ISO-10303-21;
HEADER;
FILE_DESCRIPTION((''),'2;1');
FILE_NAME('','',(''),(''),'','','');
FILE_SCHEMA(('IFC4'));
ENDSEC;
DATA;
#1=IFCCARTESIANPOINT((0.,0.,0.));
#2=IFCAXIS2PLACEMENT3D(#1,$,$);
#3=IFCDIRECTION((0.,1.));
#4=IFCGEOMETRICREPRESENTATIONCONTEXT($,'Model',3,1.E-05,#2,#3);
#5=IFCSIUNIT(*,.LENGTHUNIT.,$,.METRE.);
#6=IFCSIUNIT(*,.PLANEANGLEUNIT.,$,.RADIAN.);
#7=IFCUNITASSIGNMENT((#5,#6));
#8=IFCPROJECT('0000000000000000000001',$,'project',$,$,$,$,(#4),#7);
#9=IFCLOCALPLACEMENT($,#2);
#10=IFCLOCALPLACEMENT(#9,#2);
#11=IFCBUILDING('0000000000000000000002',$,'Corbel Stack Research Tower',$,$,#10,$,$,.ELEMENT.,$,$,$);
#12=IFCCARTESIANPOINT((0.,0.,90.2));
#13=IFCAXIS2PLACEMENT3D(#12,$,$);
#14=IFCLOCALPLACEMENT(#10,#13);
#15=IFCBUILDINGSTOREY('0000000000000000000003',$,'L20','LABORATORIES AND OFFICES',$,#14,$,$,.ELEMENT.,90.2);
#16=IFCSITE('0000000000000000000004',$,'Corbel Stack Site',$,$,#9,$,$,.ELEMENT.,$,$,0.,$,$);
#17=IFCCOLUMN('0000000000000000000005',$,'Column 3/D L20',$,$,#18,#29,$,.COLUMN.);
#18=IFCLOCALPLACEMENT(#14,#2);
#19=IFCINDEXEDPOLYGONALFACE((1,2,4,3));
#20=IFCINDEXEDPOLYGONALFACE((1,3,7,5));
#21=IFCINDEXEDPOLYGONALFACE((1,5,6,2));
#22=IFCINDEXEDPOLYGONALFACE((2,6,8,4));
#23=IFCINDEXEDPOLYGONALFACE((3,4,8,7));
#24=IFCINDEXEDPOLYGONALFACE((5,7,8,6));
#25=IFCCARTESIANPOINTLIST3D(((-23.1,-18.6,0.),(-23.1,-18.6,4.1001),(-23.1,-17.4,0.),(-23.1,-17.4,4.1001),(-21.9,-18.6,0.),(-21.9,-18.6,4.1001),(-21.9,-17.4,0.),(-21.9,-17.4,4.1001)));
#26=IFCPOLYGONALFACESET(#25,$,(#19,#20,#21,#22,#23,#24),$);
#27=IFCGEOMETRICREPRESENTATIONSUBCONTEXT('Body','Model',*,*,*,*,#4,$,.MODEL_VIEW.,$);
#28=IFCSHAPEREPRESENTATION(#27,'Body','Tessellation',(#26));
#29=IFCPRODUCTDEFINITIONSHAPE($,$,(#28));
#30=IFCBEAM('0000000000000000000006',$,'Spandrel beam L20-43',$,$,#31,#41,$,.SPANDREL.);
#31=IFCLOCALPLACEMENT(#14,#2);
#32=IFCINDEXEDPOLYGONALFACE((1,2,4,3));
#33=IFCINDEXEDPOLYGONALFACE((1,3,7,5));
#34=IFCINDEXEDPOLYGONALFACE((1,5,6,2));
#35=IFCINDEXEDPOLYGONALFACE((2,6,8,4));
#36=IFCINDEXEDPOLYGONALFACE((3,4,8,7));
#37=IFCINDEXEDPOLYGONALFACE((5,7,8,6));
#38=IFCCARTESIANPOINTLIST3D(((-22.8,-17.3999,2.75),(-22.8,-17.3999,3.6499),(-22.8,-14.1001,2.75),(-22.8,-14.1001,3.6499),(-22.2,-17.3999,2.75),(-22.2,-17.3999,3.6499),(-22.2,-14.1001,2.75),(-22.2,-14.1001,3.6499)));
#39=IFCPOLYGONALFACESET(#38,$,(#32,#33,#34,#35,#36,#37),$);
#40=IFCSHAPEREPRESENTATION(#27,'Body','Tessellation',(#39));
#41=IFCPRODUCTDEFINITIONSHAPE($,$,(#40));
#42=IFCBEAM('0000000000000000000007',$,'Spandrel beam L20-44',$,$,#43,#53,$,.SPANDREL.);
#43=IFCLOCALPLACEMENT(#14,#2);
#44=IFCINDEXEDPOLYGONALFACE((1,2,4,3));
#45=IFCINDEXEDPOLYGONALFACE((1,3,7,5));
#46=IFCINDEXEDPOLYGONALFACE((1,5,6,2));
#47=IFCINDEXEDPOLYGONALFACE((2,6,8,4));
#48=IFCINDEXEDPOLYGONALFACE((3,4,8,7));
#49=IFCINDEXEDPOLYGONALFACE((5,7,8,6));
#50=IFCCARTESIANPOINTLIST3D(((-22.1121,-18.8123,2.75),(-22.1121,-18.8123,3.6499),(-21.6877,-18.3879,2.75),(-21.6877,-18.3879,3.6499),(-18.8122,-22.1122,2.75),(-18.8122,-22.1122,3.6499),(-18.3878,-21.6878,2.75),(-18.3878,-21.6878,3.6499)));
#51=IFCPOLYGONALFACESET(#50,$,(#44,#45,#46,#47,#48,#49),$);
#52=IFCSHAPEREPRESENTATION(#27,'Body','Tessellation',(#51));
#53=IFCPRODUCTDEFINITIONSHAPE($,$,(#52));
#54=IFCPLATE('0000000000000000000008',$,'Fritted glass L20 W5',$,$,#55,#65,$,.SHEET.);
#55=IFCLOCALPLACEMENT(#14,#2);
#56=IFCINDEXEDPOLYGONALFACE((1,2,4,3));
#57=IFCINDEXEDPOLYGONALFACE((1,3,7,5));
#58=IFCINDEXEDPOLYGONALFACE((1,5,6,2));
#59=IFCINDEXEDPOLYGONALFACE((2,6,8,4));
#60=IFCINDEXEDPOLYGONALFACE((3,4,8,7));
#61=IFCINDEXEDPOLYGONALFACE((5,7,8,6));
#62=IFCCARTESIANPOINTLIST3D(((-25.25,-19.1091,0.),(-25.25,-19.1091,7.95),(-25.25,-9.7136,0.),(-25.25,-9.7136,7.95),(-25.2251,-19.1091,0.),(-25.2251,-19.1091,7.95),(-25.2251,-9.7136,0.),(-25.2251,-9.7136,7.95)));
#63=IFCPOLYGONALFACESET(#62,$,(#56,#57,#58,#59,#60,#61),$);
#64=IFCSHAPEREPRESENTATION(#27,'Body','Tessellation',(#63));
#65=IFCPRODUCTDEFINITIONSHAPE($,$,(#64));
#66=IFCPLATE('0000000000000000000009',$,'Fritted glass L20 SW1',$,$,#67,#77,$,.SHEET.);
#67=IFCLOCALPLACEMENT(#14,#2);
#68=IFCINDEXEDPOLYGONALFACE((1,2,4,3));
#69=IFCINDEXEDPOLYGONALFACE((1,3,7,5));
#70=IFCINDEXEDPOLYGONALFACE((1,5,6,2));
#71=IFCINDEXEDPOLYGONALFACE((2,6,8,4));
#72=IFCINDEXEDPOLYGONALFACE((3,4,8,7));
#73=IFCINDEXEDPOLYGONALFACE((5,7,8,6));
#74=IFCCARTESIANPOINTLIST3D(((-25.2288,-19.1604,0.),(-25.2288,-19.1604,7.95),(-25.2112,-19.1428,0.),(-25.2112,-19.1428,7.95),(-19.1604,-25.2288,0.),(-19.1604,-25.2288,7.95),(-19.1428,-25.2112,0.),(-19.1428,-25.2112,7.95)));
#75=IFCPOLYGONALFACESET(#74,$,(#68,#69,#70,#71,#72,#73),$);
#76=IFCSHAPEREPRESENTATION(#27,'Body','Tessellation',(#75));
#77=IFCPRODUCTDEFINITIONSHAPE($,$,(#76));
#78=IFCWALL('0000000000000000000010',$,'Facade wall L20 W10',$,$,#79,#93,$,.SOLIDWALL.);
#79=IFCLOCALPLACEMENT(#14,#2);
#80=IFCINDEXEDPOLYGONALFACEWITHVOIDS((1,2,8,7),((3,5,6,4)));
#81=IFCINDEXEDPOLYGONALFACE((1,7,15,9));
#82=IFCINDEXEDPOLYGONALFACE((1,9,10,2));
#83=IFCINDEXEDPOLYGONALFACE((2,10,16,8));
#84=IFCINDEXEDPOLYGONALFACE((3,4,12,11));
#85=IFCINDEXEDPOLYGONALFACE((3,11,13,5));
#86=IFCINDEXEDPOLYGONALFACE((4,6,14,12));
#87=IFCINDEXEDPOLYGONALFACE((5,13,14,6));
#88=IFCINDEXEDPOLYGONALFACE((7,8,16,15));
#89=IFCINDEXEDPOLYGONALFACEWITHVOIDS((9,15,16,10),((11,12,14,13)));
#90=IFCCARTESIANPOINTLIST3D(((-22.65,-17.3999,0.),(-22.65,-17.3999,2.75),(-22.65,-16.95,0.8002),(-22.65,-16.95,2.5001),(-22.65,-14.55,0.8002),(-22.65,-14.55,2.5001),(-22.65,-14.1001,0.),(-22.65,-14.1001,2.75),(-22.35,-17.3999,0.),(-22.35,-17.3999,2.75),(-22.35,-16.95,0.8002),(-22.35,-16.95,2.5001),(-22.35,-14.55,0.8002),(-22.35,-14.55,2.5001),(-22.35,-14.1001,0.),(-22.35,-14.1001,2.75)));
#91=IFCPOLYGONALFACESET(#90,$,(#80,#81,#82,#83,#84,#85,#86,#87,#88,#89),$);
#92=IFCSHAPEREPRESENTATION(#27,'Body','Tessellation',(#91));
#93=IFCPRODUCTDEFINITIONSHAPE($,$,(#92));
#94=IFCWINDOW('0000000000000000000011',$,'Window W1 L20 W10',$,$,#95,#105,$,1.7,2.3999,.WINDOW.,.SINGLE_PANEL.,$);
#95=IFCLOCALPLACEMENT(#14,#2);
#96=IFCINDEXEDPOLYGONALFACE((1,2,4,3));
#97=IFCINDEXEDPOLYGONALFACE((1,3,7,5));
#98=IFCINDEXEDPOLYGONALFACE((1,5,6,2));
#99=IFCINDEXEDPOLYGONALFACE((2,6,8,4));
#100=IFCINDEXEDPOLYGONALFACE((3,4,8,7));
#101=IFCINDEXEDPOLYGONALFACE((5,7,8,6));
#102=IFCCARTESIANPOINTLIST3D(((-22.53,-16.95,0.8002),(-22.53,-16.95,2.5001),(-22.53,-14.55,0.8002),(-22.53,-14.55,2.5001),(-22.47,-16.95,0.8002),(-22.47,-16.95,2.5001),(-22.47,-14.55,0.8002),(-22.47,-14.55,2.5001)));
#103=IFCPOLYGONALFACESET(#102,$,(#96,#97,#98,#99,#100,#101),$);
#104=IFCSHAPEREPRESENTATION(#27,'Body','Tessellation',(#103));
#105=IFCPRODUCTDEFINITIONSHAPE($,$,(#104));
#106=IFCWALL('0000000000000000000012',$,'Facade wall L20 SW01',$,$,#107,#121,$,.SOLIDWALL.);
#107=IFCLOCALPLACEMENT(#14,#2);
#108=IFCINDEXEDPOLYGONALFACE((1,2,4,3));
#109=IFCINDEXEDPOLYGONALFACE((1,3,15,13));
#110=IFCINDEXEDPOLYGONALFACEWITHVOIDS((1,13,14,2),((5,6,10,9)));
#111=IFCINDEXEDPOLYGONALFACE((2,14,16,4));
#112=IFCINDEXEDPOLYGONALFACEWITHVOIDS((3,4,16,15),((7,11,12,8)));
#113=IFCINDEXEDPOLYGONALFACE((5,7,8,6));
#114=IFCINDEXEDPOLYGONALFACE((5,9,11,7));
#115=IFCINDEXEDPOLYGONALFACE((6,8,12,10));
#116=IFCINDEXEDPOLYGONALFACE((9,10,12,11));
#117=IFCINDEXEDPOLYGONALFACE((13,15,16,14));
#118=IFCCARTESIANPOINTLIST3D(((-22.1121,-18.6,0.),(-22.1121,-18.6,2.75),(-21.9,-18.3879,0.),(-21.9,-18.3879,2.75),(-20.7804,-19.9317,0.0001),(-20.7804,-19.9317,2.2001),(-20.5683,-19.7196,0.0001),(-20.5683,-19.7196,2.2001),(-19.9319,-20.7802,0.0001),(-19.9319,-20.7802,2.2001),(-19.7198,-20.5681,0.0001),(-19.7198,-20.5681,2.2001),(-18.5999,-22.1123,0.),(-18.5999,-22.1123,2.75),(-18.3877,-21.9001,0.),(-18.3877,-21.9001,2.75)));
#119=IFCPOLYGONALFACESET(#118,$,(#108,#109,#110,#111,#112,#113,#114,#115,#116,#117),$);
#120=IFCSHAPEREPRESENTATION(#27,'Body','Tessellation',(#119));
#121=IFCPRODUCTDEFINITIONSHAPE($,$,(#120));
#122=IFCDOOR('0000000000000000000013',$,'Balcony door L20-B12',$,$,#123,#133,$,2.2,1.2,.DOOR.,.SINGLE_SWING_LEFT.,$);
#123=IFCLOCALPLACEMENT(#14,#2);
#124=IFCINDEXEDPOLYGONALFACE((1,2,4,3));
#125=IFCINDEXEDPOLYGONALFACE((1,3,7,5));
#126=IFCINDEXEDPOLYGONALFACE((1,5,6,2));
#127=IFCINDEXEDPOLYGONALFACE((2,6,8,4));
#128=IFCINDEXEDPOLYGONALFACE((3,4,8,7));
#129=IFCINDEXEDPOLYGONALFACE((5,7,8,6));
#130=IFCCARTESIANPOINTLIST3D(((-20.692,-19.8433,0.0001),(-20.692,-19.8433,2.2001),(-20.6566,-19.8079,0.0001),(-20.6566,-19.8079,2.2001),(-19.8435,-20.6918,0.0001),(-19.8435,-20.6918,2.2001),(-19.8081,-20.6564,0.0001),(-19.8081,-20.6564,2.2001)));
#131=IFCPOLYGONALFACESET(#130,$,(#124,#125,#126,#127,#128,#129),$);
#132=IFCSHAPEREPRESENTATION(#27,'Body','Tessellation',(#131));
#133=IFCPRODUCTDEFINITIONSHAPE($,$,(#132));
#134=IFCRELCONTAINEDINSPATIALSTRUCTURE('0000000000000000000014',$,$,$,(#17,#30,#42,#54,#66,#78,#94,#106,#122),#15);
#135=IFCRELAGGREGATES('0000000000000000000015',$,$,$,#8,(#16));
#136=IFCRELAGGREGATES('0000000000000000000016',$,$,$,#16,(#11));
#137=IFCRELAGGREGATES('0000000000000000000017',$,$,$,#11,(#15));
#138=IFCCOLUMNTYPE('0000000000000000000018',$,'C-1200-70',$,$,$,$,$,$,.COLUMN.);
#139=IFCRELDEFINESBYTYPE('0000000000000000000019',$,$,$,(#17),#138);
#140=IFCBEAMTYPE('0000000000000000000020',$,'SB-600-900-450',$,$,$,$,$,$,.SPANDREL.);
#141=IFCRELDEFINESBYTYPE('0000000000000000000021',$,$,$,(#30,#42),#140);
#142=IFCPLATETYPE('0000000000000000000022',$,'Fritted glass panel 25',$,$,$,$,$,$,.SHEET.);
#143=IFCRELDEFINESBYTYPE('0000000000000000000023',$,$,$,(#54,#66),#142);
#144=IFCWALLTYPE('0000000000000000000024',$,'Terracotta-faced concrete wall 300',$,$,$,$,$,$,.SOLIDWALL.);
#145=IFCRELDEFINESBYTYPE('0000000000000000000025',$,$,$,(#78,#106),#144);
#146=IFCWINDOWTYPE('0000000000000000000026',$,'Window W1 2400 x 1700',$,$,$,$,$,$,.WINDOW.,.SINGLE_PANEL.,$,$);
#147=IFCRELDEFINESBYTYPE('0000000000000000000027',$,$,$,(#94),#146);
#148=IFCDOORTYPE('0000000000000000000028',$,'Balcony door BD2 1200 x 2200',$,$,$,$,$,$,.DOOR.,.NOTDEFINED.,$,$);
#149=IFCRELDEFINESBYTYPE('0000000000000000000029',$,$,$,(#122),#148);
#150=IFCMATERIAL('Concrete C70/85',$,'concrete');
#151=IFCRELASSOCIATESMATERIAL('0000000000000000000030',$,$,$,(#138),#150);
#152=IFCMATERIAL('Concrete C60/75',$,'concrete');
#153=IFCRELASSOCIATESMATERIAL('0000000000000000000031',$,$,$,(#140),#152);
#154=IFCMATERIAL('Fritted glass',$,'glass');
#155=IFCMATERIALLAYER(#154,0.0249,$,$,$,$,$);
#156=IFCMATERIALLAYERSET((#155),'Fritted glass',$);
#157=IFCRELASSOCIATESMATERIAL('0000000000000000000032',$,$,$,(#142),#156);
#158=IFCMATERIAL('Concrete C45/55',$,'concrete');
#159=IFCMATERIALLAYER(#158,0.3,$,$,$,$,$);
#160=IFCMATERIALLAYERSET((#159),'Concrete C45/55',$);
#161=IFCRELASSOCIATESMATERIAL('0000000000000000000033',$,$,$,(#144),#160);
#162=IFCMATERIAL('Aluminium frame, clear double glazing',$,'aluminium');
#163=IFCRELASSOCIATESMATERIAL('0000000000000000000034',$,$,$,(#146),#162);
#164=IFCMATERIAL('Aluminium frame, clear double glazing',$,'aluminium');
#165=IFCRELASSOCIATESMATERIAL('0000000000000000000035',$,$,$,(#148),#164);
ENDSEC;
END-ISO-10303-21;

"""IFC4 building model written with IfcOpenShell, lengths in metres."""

from ifc_helpers import new_model, si_unit, direction, frame, frame_2d, origin, origin_2d, place, context, subcontext, project, spatial, rectangle, extrude, material, layer, layer_set, material_profile, profile_set, type_object, element, fill, save


model = new_model("IFC4")

# Units and contexts
model_context = context("Model", 3, precision=1e-05, world=origin(), true_north=direction((0.0, 1.0)))
body_context = subcontext(model_context, "Body", "Model", "MODEL_VIEW")
ifc_project = project(units=[si_unit("LENGTHUNIT", "METRE"), si_unit("PLANEANGLEUNIT", "RADIAN")], contexts=[model_context])

# Site, building, storey
site_placement = place(None, origin())
site = spatial("IfcSite", under=ifc_project, at=site_placement, Name="Corbel Stack Site", CompositionType="ELEMENT", RefElevation=0.0)
building_placement = place(site_placement, origin())
building = spatial("IfcBuilding", under=site, at=building_placement, Name="Corbel Stack Research Tower", CompositionType="ELEMENT")
storey_placement = place(building_placement, frame((0.0, 0.0, 90.2)))
storey = spatial("IfcBuildingStorey", under=building, at=storey_placement, Name="L20", Description="LABORATORIES AND OFFICES", CompositionType="ELEMENT", Elevation=90.2)

# Column
ifc_material_1 = material(Name="Concrete C70/85", Category="concrete")
ifc_material_profile_1 = material_profile(ifc_material_1, rectangle(XDim=1.2, YDim=1.2, at=origin_2d()), Name="RC 1200 x 1200")
ifc_profile_set_1 = profile_set([ifc_material_profile_1], Name="Concrete C70/85")
column_type = type_object("IfcColumnType", Name="C-1200-70", PredefinedType="COLUMN", material=ifc_profile_set_1)
column_placement = place(storey_placement, frame((-22.5, -18.0, 0.0), z_axis=(0.0, 0.0, 1.0), x_axis=(1.0, 0.0, 0.0)))
element("IfcColumn", 1, at=column_placement, inside=storey, type_object=column_type, Name="Column 3/D L20", PredefinedType="COLUMN", context=body_context, shape_type="SweptSolid", body=[
    extrude(rectangle(XDim=1.2, YDim=1.2, at=origin_2d()), origin(), (0.0, 0.0, 1.0), 4.1001),
])

# Beams
ifc_material_2 = material(Name="Concrete C60/75", Category="concrete")
ifc_material_profile_2 = material_profile(ifc_material_2, rectangle(XDim=0.6001, YDim=0.8999, at=origin_2d()), Name="RC 600 x 900")
ifc_profile_set_2 = profile_set([ifc_material_profile_2], Name="Concrete C60/75")
beam_type = type_object("IfcBeamType", Name="SB-600-900-450", PredefinedType="SPANDREL", material=ifc_profile_set_2)
beam_1_placement = place(storey_placement, frame((-22.5, -14.1001, 3.2), z_axis=(0.0, -1.0, 0.0), x_axis=(1.0, 0.0, 0.0)))
element("IfcBeam", 2, at=beam_1_placement, inside=storey, type_object=beam_type, Name="Spandrel beam L20-43", PredefinedType="SPANDREL", context=body_context, shape_type="SweptSolid", body=[
    extrude(rectangle(XDim=0.6001, YDim=0.8999, at=origin_2d()), origin(), (0.0, 0.0, 1.0), 3.2998),
])
beam_2_placement = place(storey_placement, frame((-21.8999, -18.6001, 3.2), z_axis=(0.707107, -0.707107, 0.0), x_axis=(0.707107, 0.707107, 0.0)))
element("IfcBeam", 3, at=beam_2_placement, inside=storey, type_object=beam_type, Name="Spandrel beam L20-44", PredefinedType="SPANDREL", context=body_context, shape_type="SweptSolid", body=[
    extrude(rectangle(XDim=0.6001, YDim=0.8999, at=origin_2d()), origin(), (0.0, 0.0, 1.0), 4.6667),
])

# Plates
ifc_material_3 = material(Name="Fritted glass", Category="glass")
ifc_layer_1 = layer(ifc_material_3, 0.0249)
ifc_layer_set_1 = layer_set([ifc_layer_1], Name="Fritted glass")
plate_type = type_object("IfcPlateType", Name="Fritted glass panel 25", PredefinedType="SHEET", material=ifc_layer_set_1)
plate_1_placement = place(storey_placement, frame((-25.2375, -14.4114, 0.0), z_axis=(0.0, 0.0, 1.0), x_axis=(0.0, -1.0, 0.0)))
element("IfcPlate", 4, at=plate_1_placement, inside=storey, type_object=plate_type, Name="Fritted glass L20 W5", PredefinedType="SHEET", context=body_context, shape_type="SweptSolid", body=[
    extrude(rectangle(XDim=9.3955, YDim=0.0249, at=origin_2d()), origin(), (0.0, 0.0, 1.0), 7.95),
])
plate_2_placement = place(storey_placement, frame((-22.1858, -22.1858, 0.0), z_axis=(0.0, 0.0, 1.0), x_axis=(0.707107, -0.707107, 0.0)))
element("IfcPlate", 5, at=plate_2_placement, inside=storey, type_object=plate_type, Name="Fritted glass L20 SW1", PredefinedType="SHEET", context=body_context, shape_type="SweptSolid", body=[
    extrude(rectangle(XDim=8.582, YDim=0.0249, at=origin_2d()), origin(), (0.0, 0.0, 1.0), 7.95),
])

# Wall, opening, window
ifc_material_4 = material(Name="Concrete C45/55", Category="concrete")
ifc_layer_2 = layer(ifc_material_4, 0.3)
ifc_layer_set_2 = layer_set([ifc_layer_2], Name="Concrete C45/55")
wall_type = type_object("IfcWallType", Name="Terracotta-faced concrete wall 300", PredefinedType="SOLIDWALL", material=ifc_layer_set_2)
wall_1_placement = place(storey_placement, frame((-22.5, -17.3999, 0.0), z_axis=(0.0, 0.0, 1.0), x_axis=(0.0, 1.0, 0.0)))
wall_1 = element("IfcWall", 6, at=wall_1_placement, inside=storey, type_object=wall_type, Name="Facade wall L20 W10", PredefinedType="SOLIDWALL", context=body_context, shape_type="SweptSolid", body=[
    extrude(rectangle(XDim=3.2998, YDim=0.3, at=frame_2d((1.6499, 0.0))), origin(), (0.0, 0.0, 1.0), 2.75),
])
opening_1_placement = place(wall_1_placement, frame((0.45, 0.0, 0.8)))
opening_1 = element("IfcOpeningElement", 7, at=opening_1_placement, cuts=wall_1, PredefinedType="OPENING", context=body_context, shape_type="SweptSolid", body=[
    extrude(rectangle(XDim=2.3999, YDim=1.7, at=frame_2d((1.2, 0.8501))), frame((0.0, 0.1599, 0.0), z_axis=(0.0, -1.0, 0.0), x_axis=(1.0, 0.0, 0.0)), (0.0, 0.0, 1.0), 0.3201),
])
ifc_material_5 = material(Name="Aluminium frame, clear double glazing", Category="aluminium")
window_type = type_object("IfcWindowType", Name="Window W1 2400 x 1700", PartitioningType="SINGLE_PANEL", PredefinedType="WINDOW", material=ifc_material_5)
window_placement = place(opening_1_placement, origin())
window = element("IfcWindow", 8, at=window_placement, inside=storey, type_object=window_type, Name="Window W1 L20 W10", OverallHeight=1.7, OverallWidth=2.3999, PartitioningType="SINGLE_PANEL", PredefinedType="WINDOW", context=body_context, shape_type="SweptSolid", body=[
    extrude(rectangle(XDim=2.3999, YDim=1.7, at=frame_2d((1.2, 0.8501))), frame((0.0, 0.03, 0.0), z_axis=(0.0, -1.0, 0.0), x_axis=(1.0, 0.0, 0.0)), (0.0, 0.0, 1.0), 0.0601),
])
fill(opening_1, window)

# Wall, opening, door
wall_2_placement = place(storey_placement, frame((-18.4939, -22.0061, 0.0), z_axis=(0.0, 0.0, 1.0), x_axis=(-0.707107, 0.707107, 0.0)))
wall_2 = element("IfcWall", 9, at=wall_2_placement, inside=storey, type_object=wall_type, Name="Facade wall L20 SW01", PredefinedType="SOLIDWALL", context=body_context, shape_type="SweptSolid", body=[
    extrude(rectangle(XDim=4.967, YDim=0.3, at=frame_2d((2.4834, 0.0))), origin(), (0.0, 0.0, 1.0), 2.75),
])
opening_2_placement = place(wall_2_placement, frame((1.8835, 0.0, 0.0)))
opening_2 = element("IfcOpeningElement", 10, at=opening_2_placement, cuts=wall_2, PredefinedType="OPENING", context=body_context, shape_type="SweptSolid", body=[
    extrude(rectangle(XDim=1.2, YDim=2.2, at=frame_2d((0.6001, 1.1001))), frame((0.0, 0.1599, 0.0), z_axis=(0.0, -1.0, 0.0), x_axis=(1.0, 0.0, 0.0)), (0.0, 0.0, 1.0), 0.3201),
])
ifc_material_6 = material(Name="Aluminium frame, clear double glazing", Category="aluminium")
door_type = type_object("IfcDoorType", Name="Balcony door BD2 1200 x 2200", OperationType="NOTDEFINED", PredefinedType="DOOR", material=ifc_material_6)
door_placement = place(opening_2_placement, origin())
door = element("IfcDoor", 11, at=door_placement, inside=storey, type_object=door_type, Name="Balcony door L20-B12", OperationType="SINGLE_SWING_LEFT", OverallHeight=2.2, OverallWidth=1.2, PredefinedType="DOOR", context=body_context, shape_type="SweptSolid", body=[
    extrude(rectangle(XDim=1.2, YDim=2.2, at=frame_2d((0.6001, 1.1001))), frame((0.0, 0.0249, 0.0), z_axis=(0.0, -1.0, 0.0), x_axis=(1.0, 0.0, 0.0)), (0.0, 0.0, 1.0), 0.05),
])
fill(opening_2, door)

save(model, "model.ifc")
